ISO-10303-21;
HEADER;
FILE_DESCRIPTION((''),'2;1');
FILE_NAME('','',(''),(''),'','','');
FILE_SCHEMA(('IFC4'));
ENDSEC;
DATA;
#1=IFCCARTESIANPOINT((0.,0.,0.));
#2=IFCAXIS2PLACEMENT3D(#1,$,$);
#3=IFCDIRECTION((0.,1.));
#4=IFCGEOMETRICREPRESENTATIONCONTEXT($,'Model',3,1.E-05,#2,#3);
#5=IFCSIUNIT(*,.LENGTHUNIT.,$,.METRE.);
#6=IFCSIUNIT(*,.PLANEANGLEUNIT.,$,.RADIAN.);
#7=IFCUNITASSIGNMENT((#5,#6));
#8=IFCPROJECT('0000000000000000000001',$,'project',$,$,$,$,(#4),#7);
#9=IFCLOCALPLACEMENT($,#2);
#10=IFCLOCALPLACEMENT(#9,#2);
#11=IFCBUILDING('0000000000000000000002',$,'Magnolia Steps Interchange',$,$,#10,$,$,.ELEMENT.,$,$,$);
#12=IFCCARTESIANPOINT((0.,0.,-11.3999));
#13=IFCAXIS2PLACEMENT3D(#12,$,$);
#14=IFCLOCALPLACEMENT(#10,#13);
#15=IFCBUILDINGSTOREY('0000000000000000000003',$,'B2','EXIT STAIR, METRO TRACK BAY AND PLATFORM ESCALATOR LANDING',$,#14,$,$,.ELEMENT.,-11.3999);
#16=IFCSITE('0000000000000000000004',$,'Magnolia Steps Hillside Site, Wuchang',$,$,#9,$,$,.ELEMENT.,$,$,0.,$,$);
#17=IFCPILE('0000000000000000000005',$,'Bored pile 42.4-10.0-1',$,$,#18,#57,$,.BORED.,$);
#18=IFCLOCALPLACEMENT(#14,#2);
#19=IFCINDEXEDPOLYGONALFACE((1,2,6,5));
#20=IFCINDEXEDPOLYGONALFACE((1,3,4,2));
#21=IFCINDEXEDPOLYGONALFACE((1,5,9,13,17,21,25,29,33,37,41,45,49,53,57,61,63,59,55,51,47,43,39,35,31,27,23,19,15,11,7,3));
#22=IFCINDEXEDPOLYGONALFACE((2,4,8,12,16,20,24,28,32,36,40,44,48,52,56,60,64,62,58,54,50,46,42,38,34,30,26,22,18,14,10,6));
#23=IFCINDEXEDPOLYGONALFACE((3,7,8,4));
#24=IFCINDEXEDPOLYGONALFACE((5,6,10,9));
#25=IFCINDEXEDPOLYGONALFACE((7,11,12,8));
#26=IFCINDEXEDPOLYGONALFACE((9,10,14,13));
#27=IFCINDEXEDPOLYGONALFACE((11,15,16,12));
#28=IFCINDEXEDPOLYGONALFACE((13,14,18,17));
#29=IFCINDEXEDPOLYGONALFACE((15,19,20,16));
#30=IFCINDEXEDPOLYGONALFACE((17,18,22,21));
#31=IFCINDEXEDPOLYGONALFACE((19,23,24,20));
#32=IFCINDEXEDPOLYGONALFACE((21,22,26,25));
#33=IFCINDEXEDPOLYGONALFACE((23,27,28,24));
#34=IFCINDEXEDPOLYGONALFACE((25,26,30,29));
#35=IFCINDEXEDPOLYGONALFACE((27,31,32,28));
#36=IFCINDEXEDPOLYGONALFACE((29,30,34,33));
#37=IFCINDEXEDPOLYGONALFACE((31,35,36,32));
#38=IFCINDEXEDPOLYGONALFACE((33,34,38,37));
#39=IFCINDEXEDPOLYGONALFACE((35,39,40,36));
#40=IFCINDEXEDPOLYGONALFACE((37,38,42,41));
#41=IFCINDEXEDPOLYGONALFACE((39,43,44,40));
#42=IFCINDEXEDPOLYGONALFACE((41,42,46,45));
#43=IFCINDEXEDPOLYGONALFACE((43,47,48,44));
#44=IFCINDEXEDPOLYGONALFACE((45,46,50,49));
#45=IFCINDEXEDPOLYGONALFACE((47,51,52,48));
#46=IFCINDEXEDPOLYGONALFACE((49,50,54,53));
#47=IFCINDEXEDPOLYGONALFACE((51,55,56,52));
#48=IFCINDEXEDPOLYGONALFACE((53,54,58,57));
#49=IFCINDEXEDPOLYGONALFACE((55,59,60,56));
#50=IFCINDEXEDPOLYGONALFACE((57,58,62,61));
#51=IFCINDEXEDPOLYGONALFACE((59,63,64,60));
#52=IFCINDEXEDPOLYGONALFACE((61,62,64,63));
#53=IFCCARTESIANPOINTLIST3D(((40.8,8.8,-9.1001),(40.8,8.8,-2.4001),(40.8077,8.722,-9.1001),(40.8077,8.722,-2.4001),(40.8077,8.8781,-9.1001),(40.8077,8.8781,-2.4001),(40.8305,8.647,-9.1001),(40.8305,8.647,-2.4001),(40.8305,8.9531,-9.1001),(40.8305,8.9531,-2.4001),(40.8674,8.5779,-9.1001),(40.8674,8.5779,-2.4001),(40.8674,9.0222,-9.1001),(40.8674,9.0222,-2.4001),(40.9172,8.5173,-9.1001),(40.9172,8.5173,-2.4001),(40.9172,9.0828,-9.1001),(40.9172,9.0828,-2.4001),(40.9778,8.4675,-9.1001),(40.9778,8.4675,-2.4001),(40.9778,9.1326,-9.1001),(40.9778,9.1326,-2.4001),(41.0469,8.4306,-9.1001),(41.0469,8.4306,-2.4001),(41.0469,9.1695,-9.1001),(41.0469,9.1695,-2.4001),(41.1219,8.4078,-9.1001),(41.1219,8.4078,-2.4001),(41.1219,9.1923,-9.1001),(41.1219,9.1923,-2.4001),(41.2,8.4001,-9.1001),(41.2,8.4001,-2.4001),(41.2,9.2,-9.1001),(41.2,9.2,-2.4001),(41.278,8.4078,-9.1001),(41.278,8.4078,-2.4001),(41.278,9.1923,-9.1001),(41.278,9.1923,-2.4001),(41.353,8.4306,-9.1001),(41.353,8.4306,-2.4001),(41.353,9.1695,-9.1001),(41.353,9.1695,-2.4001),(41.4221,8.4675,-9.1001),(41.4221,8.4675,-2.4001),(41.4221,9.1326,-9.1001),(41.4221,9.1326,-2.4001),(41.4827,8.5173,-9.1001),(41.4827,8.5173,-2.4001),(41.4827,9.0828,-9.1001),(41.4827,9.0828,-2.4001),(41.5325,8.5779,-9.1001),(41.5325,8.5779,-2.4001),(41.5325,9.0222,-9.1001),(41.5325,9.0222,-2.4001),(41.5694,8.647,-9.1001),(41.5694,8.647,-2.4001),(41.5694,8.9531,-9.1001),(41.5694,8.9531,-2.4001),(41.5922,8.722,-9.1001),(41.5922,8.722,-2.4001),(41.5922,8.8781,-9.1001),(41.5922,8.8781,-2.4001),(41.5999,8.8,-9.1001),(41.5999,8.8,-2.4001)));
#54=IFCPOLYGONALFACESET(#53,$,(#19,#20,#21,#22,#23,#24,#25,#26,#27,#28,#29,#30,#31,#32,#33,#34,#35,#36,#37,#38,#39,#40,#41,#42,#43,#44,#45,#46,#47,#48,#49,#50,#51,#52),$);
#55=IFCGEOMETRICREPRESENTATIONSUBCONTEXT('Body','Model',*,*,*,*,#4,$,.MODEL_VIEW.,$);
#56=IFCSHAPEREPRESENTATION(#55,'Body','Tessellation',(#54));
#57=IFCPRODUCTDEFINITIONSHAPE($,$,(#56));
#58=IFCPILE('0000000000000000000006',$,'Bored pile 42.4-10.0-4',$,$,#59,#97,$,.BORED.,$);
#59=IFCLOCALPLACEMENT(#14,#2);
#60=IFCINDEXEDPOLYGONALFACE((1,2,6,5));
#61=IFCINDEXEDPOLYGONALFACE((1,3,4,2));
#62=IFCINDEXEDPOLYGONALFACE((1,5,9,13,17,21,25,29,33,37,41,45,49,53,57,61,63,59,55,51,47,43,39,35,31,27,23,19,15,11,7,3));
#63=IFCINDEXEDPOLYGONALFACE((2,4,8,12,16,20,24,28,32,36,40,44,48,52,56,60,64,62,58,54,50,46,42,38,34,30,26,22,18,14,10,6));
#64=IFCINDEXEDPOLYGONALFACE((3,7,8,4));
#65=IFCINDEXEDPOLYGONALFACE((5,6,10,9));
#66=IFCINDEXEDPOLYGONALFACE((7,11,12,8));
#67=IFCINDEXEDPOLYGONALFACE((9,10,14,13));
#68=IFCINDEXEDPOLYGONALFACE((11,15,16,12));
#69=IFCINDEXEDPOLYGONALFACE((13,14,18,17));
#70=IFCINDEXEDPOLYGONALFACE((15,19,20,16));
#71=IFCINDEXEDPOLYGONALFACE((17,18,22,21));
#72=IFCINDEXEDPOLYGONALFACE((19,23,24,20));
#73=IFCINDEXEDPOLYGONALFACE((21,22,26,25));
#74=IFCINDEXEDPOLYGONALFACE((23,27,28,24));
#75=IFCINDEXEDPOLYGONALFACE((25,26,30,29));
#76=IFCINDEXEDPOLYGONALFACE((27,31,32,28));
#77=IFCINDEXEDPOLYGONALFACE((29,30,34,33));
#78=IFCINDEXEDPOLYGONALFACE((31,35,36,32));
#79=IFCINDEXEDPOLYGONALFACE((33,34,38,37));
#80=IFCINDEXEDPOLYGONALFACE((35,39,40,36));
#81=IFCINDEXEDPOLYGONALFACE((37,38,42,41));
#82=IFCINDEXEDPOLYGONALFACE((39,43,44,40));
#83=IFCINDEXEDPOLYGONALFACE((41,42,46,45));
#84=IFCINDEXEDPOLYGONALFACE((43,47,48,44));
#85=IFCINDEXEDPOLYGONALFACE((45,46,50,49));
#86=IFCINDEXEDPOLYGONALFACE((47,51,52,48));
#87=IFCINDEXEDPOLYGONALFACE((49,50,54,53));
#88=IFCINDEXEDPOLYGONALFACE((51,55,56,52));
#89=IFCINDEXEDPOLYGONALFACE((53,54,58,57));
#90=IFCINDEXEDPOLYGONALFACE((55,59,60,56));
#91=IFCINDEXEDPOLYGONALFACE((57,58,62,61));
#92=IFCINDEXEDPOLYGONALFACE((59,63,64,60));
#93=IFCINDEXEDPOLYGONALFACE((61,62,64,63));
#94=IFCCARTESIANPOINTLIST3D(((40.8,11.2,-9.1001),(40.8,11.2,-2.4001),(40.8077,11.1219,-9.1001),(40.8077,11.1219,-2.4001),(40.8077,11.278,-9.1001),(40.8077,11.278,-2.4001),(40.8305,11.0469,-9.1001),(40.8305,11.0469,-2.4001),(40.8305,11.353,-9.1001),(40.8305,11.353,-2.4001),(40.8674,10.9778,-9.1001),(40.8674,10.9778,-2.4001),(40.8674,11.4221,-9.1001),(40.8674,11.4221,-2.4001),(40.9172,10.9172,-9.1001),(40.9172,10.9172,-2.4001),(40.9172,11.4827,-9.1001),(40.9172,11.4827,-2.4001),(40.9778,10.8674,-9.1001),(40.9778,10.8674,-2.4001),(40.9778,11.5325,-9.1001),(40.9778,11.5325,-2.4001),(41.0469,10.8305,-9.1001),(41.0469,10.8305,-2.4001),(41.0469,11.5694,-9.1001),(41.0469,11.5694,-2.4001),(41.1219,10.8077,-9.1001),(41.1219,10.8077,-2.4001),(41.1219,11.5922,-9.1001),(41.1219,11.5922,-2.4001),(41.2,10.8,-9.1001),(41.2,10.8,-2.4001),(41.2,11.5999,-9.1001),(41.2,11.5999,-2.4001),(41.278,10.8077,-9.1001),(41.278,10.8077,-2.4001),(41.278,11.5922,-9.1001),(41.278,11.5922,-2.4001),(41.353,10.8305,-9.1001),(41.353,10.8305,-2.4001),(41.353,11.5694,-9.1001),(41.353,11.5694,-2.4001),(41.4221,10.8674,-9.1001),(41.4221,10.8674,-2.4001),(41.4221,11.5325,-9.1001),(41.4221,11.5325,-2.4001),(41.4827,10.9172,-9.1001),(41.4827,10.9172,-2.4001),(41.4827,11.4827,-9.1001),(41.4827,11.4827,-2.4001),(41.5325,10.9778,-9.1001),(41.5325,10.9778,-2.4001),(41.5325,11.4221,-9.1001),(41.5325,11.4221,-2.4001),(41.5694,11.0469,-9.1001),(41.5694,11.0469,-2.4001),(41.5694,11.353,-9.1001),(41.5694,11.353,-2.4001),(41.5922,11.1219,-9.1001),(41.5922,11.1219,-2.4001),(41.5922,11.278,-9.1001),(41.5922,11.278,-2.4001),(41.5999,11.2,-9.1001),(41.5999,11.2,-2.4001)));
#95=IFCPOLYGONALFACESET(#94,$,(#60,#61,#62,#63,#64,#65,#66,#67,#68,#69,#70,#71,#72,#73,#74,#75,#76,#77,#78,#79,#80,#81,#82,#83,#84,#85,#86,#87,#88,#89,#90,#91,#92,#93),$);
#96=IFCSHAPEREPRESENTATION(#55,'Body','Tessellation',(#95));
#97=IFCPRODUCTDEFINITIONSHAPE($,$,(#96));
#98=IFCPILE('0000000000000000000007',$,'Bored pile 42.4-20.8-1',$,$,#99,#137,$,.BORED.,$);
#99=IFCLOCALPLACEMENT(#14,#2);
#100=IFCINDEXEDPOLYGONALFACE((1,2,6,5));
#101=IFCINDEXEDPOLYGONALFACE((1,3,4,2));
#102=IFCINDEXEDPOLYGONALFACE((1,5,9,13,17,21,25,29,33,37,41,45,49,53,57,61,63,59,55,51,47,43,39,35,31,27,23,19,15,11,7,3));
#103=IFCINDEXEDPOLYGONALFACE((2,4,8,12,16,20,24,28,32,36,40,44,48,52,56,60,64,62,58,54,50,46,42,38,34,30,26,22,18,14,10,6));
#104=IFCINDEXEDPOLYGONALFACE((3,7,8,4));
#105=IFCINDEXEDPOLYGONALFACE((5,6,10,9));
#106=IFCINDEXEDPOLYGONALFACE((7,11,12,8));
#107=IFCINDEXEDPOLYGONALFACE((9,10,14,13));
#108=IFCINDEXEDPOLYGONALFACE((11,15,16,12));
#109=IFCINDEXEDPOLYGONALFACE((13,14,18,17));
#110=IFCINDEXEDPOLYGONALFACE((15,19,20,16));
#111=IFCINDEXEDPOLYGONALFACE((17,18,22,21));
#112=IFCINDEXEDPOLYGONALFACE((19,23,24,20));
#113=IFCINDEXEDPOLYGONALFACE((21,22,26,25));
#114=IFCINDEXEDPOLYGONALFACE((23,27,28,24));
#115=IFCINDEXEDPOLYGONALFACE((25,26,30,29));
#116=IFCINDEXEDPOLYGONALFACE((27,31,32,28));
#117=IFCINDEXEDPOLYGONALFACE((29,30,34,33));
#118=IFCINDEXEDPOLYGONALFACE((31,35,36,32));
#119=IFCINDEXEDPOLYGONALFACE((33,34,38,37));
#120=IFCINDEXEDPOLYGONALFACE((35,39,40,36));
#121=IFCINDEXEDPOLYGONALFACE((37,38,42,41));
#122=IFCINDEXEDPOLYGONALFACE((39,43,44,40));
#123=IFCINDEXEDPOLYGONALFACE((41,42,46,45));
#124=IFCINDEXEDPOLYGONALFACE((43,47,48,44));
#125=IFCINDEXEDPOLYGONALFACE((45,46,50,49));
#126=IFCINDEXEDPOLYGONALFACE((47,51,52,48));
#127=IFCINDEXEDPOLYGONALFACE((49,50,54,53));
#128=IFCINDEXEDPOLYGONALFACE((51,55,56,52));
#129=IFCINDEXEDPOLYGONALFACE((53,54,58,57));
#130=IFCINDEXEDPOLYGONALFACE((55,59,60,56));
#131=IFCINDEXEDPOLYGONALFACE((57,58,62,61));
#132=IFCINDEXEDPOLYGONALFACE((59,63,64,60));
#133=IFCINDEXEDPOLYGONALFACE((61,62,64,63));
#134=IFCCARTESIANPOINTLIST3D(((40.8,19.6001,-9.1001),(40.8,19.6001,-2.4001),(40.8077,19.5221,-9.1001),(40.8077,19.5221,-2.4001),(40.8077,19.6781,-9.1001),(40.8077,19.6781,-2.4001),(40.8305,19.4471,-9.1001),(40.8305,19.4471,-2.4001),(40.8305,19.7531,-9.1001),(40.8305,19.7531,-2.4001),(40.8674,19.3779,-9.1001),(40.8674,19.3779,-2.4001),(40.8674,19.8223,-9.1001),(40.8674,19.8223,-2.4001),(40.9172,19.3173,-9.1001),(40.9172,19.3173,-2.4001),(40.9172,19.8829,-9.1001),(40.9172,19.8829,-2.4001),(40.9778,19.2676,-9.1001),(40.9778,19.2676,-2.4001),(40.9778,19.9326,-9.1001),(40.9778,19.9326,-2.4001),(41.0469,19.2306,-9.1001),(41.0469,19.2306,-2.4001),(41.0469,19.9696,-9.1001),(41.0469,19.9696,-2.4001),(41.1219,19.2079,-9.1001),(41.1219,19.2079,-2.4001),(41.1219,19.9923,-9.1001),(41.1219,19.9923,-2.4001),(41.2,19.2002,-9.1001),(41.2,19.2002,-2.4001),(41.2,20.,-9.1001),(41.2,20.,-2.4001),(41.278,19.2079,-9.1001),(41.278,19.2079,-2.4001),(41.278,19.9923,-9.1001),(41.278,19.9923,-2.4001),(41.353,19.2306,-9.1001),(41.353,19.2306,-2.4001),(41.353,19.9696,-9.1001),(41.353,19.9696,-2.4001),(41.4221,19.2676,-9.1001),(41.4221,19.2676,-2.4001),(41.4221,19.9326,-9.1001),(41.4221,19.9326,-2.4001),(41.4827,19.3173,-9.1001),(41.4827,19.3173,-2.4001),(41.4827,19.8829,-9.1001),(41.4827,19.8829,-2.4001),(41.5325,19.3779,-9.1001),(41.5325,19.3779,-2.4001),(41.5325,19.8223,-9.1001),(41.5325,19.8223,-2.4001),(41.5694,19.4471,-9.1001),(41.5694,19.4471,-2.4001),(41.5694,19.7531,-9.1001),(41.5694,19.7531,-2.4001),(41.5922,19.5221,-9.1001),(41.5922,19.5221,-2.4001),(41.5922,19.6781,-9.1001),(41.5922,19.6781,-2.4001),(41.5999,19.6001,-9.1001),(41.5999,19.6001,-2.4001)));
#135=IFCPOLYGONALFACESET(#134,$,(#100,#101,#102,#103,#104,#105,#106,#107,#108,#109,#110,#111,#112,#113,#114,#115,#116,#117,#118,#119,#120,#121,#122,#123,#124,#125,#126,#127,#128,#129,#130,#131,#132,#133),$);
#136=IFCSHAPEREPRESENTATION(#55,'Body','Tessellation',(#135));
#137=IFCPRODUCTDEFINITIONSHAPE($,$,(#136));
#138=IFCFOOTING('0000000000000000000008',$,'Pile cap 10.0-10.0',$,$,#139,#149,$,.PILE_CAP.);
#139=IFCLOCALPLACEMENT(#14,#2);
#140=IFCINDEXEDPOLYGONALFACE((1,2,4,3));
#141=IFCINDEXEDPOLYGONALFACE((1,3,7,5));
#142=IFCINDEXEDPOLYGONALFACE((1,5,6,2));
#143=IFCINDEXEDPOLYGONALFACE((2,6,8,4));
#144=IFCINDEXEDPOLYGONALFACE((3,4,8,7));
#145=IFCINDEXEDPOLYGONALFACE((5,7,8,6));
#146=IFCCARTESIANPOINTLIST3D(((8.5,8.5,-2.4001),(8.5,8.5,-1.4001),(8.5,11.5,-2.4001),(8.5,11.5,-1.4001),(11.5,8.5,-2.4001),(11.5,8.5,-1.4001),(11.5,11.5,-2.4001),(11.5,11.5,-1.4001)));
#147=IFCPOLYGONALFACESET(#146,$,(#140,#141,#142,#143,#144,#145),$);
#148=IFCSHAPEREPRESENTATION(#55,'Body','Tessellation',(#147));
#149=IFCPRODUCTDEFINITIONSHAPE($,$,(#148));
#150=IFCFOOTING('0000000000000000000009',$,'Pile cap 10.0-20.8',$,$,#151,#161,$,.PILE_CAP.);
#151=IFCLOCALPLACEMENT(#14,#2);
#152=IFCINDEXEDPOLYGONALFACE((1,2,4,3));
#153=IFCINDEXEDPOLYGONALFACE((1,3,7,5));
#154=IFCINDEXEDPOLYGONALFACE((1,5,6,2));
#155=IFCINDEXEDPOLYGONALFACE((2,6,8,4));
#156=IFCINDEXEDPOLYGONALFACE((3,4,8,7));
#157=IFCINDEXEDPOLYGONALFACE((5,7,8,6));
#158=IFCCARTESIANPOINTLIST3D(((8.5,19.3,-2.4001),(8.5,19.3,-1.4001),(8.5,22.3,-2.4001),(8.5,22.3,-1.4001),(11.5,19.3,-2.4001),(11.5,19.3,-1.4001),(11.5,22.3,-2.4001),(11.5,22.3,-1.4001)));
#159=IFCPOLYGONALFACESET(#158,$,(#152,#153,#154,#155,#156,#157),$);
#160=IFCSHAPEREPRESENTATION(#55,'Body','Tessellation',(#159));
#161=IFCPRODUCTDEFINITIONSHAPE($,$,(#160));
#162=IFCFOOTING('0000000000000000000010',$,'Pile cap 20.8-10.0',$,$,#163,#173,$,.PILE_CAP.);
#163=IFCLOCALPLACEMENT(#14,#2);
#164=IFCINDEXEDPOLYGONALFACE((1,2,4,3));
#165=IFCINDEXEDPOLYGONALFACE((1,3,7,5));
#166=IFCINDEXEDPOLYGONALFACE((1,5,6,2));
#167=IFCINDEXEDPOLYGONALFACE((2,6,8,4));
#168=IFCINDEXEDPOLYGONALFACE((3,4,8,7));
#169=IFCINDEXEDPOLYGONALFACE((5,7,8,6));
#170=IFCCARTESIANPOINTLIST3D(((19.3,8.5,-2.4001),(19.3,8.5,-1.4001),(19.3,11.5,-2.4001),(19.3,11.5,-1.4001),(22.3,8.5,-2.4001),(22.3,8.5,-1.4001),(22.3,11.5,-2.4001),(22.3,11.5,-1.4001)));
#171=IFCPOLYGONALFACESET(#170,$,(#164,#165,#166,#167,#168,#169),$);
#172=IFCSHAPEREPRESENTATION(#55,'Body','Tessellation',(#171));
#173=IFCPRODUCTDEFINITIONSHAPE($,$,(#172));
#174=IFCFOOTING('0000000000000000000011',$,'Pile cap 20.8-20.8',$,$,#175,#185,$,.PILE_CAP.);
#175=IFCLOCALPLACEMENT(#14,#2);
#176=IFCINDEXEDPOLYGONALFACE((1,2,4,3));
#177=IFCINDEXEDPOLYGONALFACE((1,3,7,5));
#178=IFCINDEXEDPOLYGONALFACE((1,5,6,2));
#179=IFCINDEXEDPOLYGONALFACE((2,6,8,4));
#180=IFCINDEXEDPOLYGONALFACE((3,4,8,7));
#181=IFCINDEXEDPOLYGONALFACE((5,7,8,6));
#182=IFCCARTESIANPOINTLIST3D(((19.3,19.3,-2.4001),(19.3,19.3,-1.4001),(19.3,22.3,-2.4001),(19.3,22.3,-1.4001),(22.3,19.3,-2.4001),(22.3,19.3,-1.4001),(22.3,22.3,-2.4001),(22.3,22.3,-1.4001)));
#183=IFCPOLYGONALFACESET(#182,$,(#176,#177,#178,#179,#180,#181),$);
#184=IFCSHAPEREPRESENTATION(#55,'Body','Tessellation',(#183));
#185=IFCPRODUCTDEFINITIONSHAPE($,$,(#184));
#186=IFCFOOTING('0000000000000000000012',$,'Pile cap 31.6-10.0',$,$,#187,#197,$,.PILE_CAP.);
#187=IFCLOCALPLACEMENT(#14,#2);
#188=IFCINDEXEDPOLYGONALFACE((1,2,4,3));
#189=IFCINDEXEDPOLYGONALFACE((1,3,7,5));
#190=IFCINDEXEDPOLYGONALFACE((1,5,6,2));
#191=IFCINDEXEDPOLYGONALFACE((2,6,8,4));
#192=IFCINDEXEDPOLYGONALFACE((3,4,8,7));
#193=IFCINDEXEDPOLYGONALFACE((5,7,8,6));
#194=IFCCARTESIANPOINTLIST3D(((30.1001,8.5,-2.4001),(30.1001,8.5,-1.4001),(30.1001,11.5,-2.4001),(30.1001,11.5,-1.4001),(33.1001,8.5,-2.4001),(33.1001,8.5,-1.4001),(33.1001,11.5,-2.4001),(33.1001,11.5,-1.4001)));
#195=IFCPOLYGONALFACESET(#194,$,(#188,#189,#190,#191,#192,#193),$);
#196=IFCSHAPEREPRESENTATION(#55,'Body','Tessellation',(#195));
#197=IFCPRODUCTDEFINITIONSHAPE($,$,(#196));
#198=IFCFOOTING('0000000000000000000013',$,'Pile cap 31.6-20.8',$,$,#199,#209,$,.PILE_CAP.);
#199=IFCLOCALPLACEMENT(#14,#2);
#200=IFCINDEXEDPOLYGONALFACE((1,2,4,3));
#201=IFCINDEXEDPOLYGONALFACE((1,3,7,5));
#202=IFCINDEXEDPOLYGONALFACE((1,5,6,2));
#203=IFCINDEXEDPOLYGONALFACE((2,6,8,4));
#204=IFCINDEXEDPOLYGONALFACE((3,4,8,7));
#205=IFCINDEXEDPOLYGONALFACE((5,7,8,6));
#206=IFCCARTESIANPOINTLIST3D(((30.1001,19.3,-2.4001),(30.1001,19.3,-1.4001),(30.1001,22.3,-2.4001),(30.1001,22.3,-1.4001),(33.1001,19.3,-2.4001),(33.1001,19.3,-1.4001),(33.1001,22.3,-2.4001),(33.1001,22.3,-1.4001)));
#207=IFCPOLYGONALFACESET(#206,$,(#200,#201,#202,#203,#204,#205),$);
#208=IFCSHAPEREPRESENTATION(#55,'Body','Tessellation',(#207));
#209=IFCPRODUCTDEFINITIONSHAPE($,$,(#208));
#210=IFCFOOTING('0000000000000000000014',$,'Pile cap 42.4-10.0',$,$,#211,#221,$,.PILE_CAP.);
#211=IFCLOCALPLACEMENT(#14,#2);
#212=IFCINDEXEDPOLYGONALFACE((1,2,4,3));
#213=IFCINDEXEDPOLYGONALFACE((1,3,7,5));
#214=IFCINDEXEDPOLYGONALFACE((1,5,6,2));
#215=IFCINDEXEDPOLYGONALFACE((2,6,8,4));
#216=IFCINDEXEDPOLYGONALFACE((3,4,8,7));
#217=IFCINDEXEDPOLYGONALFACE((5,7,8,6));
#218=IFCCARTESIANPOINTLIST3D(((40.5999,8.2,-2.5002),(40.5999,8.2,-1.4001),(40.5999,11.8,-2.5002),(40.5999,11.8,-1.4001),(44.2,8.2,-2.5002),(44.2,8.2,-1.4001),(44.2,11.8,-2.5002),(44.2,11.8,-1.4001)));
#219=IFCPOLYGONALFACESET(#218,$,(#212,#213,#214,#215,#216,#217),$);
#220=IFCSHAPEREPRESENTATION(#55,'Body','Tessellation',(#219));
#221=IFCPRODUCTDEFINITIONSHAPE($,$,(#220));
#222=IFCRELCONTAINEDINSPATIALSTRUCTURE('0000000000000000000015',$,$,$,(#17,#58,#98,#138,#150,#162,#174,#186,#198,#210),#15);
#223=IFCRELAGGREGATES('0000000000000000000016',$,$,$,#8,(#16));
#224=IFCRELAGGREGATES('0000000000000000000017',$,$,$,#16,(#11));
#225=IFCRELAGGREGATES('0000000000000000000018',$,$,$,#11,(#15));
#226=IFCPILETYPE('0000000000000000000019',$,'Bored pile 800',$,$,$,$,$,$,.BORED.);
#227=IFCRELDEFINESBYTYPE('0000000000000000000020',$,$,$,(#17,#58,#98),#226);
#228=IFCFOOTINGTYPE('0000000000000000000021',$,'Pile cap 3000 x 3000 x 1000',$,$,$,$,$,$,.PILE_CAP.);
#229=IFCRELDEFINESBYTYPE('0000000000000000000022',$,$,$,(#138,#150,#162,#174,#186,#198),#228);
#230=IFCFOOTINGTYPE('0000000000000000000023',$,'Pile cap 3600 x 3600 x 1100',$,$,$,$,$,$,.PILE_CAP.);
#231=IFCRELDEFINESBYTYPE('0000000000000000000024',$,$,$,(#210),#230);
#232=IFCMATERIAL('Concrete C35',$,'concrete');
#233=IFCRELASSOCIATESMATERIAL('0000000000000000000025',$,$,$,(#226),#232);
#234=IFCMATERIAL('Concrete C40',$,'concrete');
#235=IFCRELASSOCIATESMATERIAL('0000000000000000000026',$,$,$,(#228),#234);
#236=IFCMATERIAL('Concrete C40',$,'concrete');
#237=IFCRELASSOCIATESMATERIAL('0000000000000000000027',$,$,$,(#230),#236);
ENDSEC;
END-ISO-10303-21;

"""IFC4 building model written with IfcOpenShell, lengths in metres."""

from ifc_helpers import new_model, si_unit, direction, frame, origin, origin_2d, place, context, subcontext, project, spatial, rectangle, circle, extrude, material, material_profile, profile_set, type_object, element, save


model = new_model("IFC4")

# Units and contexts
model_context = context("Model", 3, precision=1e-05, world=origin(), true_north=direction((0.0, 1.0)))
body_context = subcontext(model_context, "Body", "Model", "MODEL_VIEW")
ifc_project = project(units=[si_unit("LENGTHUNIT", "METRE"), si_unit("PLANEANGLEUNIT", "RADIAN")], contexts=[model_context])

# Site, building, storey
site_placement = place(None, origin())
site = spatial("IfcSite", under=ifc_project, at=site_placement, Name="Magnolia Steps Hillside Site, Wuchang", CompositionType="ELEMENT", RefElevation=0.0)
building_placement = place(site_placement, origin())
building = spatial("IfcBuilding", under=site, at=building_placement, Name="Magnolia Steps Interchange", CompositionType="ELEMENT")
storey_placement = place(building_placement, frame((0.0, 0.0, -11.3999)))
storey = spatial("IfcBuildingStorey", under=building, at=storey_placement, Name="B2", Description="EXIT STAIR, METRO TRACK BAY AND PLATFORM ESCALATOR LANDING", CompositionType="ELEMENT", Elevation=-11.3999)

# Piles
ifc_material_1 = material(Name="Concrete C35", Category="concrete")
ifc_material_profile_1 = material_profile(ifc_material_1, circle(Radius=0.3999, at=origin_2d()), Name="Bored pile 800")
ifc_profile_set_1 = profile_set([ifc_material_profile_1], Name="Concrete C35")
pile_type_1 = type_object("IfcPileType", Name="Bored pile 800", PredefinedType="BORED", material=ifc_profile_set_1)
for number, where, z_axis, x_axis, name in (
    (1, (41.2, 8.8, -2.4001), (0.0, 0.0, -1.0), (1.0, 0.0, 0.0), "Bored pile 42.4-10.0-1"),
    (2, (41.2, 11.2, -2.4001), (0.0, 0.0, -1.0), (1.0, 0.0, 0.0), "Bored pile 42.4-10.0-4"),
    (3, (41.2, 19.6001, -2.4001), (0.0, 0.0, -1.0), (1.0, 0.0, 0.0), "Bored pile 42.4-20.8-1"),
):
    element("IfcPile", number, at=place(storey_placement, frame(where, z_axis=z_axis, x_axis=x_axis)), inside=storey, type_object=pile_type_1, Name=name, PredefinedType="BORED", context=body_context, shape_type="SweptSolid", body=[
        extrude(circle(Radius=0.3999, at=origin_2d()), origin(), (0.0, 0.0, 1.0), 6.7),
    ])

# Footings
ifc_material_2 = material(Name="Concrete C40", Category="concrete")
footing_type_1 = type_object("IfcFootingType", Name="Pile cap 3000 x 3000 x 1000", PredefinedType="PILE_CAP", material=ifc_material_2)
for number, where, z_axis, x_axis, name in (
    (4, (10.0, 10.0, -2.4001), (0.0, 0.0, 1.0), (1.0, 0.0, 0.0), "Pile cap 10.0-10.0"),
    (5, (10.0, 20.8, -2.4001), (0.0, 0.0, 1.0), (1.0, 0.0, 0.0), "Pile cap 10.0-20.8"),
    (6, (20.8, 10.0, -2.4001), (0.0, 0.0, 1.0), (1.0, 0.0, 0.0), "Pile cap 20.8-10.0"),
    (7, (20.8, 20.8, -2.4001), (0.0, 0.0, 1.0), (1.0, 0.0, 0.0), "Pile cap 20.8-20.8"),
    (8, (31.6001, 10.0, -2.4001), (0.0, 0.0, 1.0), (1.0, 0.0, 0.0), "Pile cap 31.6-10.0"),
    (9, (31.6001, 20.8, -2.4001), (0.0, 0.0, 1.0), (1.0, 0.0, 0.0), "Pile cap 31.6-20.8"),
):
    element("IfcFooting", number, at=place(storey_placement, frame(where, z_axis=z_axis, x_axis=x_axis)), inside=storey, type_object=footing_type_1, Name=name, PredefinedType="PILE_CAP", context=body_context, shape_type="SweptSolid", body=[
        extrude(rectangle(XDim=3.0, YDim=3.0, at=origin_2d()), origin(), (0.0, 0.0, 1.0), 1.0),
    ])
ifc_material_3 = material(Name="Concrete C40", Category="concrete")
footing_type_2 = type_object("IfcFootingType", Name="Pile cap 3600 x 3600 x 1100", PredefinedType="PILE_CAP", material=ifc_material_3)
footing_placement = place(storey_placement, frame((42.3999, 10.0, -2.5002), z_axis=(0.0, 0.0, 1.0), x_axis=(1.0, 0.0, 0.0)))
element("IfcFooting", 10, at=footing_placement, inside=storey, type_object=footing_type_2, Name="Pile cap 42.4-10.0", PredefinedType="PILE_CAP", context=body_context, shape_type="SweptSolid", body=[
    extrude(rectangle(XDim=3.6001, YDim=3.6001, at=origin_2d()), origin(), (0.0, 0.0, 1.0), 1.1001),
])

save(model, "model.ifc")
